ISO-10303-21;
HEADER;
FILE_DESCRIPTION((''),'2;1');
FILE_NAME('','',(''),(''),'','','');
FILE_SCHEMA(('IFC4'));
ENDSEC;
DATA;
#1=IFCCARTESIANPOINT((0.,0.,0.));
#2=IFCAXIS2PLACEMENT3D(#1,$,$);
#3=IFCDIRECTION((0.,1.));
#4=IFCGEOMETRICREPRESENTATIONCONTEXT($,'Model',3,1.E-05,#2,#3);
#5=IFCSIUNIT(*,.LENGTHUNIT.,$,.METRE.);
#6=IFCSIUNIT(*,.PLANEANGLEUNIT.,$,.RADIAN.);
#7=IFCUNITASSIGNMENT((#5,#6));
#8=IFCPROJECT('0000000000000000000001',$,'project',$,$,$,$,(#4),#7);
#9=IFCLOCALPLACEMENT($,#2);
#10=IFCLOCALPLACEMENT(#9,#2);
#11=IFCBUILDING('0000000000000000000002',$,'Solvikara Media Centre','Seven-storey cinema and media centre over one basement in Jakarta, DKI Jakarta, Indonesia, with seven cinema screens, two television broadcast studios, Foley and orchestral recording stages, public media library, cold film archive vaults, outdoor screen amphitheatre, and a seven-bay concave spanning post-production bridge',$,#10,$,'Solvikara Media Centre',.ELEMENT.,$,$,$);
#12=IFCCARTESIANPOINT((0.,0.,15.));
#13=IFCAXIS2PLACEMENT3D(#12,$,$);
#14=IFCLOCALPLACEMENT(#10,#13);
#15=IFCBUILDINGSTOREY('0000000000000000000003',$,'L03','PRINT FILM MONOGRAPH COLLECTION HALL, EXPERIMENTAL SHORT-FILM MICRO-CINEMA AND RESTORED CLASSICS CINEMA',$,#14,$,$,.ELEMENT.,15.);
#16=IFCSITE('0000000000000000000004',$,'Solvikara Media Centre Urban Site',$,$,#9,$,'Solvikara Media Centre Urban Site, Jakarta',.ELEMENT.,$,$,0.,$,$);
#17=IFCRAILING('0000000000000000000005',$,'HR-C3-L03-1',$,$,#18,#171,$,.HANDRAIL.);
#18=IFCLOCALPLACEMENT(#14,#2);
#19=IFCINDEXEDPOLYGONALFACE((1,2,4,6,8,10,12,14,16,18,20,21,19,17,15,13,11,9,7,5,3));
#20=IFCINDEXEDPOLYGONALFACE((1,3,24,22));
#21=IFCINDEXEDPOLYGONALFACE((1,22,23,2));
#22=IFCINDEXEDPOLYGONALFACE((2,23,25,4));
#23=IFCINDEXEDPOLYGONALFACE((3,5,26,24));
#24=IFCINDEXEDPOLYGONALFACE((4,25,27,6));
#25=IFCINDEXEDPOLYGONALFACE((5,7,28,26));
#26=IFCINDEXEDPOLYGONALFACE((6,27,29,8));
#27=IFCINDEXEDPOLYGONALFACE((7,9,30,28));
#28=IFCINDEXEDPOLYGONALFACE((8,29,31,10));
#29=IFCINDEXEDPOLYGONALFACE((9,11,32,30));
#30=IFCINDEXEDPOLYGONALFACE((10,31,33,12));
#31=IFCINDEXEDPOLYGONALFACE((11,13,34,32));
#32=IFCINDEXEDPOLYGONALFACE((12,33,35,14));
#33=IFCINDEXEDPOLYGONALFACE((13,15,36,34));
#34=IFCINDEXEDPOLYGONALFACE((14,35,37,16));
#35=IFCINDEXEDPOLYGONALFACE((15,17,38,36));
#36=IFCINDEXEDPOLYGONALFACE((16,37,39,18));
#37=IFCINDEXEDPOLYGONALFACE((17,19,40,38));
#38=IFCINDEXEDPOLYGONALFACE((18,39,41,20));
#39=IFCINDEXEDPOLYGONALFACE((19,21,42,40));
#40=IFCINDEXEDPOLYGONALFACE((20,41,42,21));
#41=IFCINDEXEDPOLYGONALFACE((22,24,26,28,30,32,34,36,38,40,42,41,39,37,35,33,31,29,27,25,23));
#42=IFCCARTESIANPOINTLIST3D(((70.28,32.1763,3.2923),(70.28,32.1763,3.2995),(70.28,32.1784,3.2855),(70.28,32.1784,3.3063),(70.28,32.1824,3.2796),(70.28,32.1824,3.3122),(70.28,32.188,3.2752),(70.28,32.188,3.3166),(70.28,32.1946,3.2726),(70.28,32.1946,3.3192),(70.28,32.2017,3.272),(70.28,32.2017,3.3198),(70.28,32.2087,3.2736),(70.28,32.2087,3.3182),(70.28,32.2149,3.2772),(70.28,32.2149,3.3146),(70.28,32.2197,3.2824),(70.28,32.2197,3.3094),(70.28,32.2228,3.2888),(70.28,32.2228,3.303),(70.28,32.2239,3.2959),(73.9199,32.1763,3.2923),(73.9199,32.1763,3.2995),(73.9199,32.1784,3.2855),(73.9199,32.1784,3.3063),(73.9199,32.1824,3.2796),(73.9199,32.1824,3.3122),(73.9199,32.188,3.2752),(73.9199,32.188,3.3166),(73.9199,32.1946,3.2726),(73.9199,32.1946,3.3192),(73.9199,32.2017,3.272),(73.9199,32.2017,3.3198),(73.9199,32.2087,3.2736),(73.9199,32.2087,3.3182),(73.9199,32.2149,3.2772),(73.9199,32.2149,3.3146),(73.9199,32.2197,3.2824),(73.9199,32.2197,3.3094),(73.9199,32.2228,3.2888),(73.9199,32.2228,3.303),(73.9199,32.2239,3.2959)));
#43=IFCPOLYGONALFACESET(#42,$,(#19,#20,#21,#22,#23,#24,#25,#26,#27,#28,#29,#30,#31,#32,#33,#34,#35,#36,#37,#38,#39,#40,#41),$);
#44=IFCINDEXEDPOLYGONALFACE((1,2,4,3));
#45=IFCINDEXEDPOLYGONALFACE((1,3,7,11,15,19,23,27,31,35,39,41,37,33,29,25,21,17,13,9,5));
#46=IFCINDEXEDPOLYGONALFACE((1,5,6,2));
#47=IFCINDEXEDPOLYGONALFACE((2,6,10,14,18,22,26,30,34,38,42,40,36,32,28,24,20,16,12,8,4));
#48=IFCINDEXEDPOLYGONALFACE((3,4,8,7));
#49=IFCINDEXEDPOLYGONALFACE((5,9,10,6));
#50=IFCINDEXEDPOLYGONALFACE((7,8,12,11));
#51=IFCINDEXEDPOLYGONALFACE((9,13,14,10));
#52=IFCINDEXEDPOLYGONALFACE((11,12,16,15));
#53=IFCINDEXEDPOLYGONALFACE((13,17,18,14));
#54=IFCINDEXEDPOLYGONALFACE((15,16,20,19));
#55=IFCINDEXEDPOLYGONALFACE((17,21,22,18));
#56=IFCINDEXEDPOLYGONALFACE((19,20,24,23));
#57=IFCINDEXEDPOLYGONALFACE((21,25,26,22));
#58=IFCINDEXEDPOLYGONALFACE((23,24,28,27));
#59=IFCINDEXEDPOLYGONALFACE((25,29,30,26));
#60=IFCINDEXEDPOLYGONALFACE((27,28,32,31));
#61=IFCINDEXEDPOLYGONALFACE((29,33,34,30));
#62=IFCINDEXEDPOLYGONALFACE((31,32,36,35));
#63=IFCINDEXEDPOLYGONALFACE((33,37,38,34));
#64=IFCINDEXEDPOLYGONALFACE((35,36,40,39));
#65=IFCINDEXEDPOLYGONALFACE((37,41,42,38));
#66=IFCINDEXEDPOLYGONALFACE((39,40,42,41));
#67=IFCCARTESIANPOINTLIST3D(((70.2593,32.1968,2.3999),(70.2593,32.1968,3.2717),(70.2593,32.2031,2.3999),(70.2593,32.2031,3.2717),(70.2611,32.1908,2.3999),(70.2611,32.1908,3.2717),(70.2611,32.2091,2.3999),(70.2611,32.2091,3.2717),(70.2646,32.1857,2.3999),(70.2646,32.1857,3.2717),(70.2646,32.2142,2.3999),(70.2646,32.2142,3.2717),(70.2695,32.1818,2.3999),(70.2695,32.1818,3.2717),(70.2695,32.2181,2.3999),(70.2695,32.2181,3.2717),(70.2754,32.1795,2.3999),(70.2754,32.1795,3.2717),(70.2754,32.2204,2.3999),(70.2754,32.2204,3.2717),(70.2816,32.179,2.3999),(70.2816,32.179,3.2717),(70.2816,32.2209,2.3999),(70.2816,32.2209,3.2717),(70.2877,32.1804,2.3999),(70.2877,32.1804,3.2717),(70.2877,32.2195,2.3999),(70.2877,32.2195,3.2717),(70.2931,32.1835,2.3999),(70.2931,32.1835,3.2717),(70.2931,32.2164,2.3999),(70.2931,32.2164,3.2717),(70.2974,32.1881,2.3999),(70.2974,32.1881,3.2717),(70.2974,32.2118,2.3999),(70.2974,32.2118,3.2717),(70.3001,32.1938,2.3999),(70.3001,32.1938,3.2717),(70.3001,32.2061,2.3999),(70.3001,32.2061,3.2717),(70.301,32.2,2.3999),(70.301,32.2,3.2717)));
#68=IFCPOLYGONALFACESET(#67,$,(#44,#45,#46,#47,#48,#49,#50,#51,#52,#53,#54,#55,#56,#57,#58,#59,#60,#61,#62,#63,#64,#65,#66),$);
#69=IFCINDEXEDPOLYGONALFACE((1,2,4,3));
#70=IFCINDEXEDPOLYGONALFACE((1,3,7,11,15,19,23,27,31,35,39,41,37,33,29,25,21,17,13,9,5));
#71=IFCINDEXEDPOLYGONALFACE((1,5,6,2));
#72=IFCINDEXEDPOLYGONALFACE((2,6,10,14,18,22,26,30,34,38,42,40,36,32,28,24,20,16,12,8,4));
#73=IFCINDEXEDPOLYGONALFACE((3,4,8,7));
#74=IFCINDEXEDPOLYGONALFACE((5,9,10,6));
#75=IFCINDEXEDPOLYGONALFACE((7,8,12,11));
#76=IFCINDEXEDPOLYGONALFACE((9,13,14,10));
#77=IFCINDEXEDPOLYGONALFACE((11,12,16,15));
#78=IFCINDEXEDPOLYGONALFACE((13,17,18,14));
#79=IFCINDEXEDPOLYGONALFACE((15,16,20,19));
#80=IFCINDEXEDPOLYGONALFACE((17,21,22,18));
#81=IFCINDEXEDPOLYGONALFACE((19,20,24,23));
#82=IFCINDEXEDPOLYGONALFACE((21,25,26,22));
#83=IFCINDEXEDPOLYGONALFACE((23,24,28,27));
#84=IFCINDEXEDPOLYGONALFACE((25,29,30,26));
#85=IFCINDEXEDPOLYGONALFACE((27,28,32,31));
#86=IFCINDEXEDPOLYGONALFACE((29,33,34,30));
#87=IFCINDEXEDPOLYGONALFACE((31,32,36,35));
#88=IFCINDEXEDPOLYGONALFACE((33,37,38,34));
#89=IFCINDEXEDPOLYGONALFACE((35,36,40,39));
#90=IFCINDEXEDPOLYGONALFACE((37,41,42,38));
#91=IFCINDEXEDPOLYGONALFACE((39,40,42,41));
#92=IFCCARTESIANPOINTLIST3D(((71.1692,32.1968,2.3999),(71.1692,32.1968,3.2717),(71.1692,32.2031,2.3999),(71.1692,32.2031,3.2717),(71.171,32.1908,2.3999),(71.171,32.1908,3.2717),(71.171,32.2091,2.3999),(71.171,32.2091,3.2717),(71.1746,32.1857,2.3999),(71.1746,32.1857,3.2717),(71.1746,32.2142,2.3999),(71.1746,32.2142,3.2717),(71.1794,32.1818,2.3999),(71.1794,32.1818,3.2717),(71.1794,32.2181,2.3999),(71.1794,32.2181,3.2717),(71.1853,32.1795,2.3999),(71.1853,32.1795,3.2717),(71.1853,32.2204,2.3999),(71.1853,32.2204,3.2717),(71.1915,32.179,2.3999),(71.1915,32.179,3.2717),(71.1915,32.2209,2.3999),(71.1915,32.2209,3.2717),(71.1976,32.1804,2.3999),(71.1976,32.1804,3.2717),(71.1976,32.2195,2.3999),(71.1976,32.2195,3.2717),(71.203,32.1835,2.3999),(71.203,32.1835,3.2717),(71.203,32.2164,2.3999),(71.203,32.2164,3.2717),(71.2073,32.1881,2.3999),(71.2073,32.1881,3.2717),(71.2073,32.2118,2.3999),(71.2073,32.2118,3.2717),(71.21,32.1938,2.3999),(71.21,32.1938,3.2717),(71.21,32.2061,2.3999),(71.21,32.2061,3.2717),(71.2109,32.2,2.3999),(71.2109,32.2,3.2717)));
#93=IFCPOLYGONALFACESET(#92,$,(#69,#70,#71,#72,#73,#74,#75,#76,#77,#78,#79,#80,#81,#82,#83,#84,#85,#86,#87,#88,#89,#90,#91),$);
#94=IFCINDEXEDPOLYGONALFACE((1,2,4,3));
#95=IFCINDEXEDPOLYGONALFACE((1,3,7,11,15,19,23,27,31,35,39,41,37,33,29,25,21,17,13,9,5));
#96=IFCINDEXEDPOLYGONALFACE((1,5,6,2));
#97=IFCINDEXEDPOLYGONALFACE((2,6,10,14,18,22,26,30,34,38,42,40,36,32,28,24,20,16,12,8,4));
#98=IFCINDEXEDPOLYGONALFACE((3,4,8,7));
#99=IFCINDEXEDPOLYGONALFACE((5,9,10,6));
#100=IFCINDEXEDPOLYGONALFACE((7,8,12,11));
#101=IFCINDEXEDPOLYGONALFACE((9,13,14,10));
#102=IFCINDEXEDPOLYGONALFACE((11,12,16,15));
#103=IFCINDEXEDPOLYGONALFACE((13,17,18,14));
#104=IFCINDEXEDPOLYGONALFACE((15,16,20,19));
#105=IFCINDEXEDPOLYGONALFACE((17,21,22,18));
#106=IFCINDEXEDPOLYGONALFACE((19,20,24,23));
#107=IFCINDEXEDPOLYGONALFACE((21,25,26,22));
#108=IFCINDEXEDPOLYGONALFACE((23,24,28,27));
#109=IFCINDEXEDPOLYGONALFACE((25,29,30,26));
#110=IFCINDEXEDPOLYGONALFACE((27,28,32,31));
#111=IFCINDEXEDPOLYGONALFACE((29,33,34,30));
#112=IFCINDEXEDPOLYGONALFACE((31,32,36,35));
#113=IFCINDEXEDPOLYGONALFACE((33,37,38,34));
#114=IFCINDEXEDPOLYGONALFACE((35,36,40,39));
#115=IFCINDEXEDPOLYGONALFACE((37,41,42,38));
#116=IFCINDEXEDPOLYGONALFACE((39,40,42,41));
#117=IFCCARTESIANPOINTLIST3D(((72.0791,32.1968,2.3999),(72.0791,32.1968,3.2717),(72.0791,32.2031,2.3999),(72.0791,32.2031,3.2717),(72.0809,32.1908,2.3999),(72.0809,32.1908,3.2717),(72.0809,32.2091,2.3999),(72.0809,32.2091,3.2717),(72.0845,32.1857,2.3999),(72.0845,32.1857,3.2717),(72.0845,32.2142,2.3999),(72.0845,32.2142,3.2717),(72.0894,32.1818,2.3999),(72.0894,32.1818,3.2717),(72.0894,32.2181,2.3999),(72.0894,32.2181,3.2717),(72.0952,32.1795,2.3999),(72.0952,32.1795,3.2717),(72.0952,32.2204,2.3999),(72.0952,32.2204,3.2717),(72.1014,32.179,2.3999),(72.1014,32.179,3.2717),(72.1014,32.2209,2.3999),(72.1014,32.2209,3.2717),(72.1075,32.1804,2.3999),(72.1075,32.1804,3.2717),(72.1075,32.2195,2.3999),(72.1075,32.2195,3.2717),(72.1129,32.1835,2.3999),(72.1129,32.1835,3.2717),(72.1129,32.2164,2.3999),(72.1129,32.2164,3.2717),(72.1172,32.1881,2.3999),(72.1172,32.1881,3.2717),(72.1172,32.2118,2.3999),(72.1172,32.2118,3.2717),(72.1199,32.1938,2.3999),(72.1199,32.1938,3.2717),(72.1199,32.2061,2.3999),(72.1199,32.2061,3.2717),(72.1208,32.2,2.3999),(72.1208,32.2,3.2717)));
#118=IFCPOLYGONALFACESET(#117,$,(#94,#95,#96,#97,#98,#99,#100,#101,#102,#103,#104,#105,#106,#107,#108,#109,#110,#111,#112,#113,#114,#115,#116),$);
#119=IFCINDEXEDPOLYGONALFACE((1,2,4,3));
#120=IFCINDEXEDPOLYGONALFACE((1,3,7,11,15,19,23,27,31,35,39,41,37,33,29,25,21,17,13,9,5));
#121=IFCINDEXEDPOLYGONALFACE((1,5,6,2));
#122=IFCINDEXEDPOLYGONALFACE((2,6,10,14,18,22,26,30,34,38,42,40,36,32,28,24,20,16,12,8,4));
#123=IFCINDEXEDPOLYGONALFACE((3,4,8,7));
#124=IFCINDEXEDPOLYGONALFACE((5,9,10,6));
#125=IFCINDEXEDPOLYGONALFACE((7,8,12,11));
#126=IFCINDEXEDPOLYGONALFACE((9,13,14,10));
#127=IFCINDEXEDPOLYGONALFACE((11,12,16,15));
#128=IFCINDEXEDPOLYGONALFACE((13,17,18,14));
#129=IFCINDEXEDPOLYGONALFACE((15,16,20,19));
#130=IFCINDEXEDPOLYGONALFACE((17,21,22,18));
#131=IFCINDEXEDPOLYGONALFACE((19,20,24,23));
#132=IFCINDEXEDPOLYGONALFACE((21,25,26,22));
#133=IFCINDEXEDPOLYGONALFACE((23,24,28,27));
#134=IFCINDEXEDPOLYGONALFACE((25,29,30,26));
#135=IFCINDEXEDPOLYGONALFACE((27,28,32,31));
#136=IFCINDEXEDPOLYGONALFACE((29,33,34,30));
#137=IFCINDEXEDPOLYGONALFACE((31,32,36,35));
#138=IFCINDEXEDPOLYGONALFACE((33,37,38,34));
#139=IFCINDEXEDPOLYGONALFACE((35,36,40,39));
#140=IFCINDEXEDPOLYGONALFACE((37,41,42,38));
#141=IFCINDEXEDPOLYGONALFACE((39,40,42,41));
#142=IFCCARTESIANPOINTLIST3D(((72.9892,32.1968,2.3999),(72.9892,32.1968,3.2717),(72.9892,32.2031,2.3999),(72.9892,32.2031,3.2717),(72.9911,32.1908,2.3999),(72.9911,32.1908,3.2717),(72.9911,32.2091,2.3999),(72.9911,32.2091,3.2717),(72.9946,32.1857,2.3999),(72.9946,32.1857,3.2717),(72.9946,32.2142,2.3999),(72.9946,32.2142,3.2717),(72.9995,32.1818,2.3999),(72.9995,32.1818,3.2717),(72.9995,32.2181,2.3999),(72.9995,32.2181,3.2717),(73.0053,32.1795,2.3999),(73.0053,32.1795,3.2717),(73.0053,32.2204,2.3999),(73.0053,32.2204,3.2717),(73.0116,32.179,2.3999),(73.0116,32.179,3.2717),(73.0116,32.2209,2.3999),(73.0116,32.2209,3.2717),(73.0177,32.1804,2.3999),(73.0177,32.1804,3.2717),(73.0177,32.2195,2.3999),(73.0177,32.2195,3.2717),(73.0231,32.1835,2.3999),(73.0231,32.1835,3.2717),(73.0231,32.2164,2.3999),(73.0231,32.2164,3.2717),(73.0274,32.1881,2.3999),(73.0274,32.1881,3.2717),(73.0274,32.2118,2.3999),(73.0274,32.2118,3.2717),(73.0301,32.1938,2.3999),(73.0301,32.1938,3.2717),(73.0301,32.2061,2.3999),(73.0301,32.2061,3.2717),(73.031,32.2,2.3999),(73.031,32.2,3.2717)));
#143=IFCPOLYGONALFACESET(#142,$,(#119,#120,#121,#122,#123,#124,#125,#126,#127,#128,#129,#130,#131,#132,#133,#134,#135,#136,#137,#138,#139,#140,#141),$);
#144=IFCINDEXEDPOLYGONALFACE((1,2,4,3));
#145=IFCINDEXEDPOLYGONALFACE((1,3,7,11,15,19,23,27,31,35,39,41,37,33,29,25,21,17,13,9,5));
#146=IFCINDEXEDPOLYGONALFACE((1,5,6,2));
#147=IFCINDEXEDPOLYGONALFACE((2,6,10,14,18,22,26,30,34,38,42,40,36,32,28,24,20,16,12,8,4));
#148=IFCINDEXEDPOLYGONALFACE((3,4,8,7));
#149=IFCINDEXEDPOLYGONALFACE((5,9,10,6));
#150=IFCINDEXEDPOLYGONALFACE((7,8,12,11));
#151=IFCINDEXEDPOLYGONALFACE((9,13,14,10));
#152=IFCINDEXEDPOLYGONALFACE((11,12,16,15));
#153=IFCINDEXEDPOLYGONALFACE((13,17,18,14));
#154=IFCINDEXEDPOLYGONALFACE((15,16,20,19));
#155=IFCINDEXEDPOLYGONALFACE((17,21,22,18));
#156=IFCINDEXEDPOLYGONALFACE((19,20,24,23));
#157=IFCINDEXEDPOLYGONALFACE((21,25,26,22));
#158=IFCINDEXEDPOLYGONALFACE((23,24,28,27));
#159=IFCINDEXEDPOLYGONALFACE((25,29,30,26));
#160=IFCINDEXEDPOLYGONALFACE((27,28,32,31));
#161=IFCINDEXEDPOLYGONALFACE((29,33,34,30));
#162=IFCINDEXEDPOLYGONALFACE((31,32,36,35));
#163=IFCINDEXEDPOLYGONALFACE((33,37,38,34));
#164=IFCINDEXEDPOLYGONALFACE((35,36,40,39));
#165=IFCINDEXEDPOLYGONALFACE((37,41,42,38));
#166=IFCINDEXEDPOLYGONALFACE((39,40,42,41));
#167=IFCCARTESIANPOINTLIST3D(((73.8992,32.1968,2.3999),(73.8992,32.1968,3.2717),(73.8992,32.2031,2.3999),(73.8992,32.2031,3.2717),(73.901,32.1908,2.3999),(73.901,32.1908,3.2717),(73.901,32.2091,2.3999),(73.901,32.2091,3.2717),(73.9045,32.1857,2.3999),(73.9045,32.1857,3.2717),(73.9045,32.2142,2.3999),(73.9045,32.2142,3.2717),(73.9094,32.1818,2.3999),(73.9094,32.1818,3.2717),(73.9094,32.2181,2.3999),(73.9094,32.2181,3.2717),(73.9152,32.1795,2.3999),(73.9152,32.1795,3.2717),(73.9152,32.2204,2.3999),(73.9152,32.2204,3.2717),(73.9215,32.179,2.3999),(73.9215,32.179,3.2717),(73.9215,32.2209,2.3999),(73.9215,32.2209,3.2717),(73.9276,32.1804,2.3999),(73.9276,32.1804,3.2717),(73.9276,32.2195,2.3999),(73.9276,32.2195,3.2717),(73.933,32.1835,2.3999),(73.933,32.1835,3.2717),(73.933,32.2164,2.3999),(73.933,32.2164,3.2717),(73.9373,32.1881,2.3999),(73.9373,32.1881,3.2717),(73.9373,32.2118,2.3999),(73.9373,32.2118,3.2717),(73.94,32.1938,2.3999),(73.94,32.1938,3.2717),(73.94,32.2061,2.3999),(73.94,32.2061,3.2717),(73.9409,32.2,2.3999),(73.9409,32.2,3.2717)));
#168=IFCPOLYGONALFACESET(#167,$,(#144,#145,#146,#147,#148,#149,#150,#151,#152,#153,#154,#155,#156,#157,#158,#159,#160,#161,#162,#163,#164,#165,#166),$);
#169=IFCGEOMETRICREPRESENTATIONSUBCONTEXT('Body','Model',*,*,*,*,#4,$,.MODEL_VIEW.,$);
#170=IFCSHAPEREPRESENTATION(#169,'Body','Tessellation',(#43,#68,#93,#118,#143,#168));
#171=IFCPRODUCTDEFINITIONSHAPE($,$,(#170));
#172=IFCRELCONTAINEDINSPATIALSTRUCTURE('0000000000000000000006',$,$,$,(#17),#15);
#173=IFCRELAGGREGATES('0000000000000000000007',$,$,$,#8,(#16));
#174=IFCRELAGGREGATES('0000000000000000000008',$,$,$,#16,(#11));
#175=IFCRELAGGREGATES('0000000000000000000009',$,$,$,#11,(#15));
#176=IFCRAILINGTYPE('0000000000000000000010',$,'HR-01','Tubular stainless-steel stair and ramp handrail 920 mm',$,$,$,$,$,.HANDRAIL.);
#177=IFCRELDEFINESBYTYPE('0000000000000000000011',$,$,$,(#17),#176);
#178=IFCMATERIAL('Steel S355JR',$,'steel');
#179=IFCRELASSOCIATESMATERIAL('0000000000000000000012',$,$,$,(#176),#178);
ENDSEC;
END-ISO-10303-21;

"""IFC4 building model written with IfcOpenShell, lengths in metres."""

from ifc_helpers import new_model, si_unit, direction, frame, origin, origin_2d, place, context, subcontext, project, spatial, circle, extrude, material, type_object, element, save


model = new_model("IFC4")

# Units and contexts
model_context = context("Model", 3, precision=1e-05, world=origin(), true_north=direction((0.0, 1.0)))
body_context = subcontext(model_context, "Body", "Model", "MODEL_VIEW")
ifc_project = project(units=[si_unit("LENGTHUNIT", "METRE"), si_unit("PLANEANGLEUNIT", "RADIAN")], contexts=[model_context])

# Site, building, storey
site_placement = place(None, origin())
site = spatial("IfcSite", under=ifc_project, at=site_placement, Name="Solvikara Media Centre Urban Site", LongName="Solvikara Media Centre Urban Site, Jakarta", CompositionType="ELEMENT", RefElevation=0.0)
building_placement = place(site_placement, origin())
building = spatial("IfcBuilding", under=site, at=building_placement, Name="Solvikara Media Centre", Description="Seven-storey cinema and media centre over one basement in Jakarta, DKI Jakarta, Indonesia, with seven cinema screens, two television broadcast studios, Foley and orchestral recording stages, public media library, cold film archive vaults, outdoor screen amphitheatre, and a seven-bay concave spanning post-production bridge", LongName="Solvikara Media Centre", CompositionType="ELEMENT")
storey_placement = place(building_placement, frame((0.0, 0.0, 15.0)))
storey = spatial("IfcBuildingStorey", under=building, at=storey_placement, Name="L03", Description="PRINT FILM MONOGRAPH COLLECTION HALL, EXPERIMENTAL SHORT-FILM MICRO-CINEMA AND RESTORED CLASSICS CINEMA", CompositionType="ELEMENT", Elevation=15.0)

# Shared definitions
ifc_material_1 = material(Name="Steel S355JR", Category="steel")

# Railing
railing_type_1 = type_object("IfcRailingType", Name="HR-01", Description="Tubular stainless-steel stair and ramp handrail 920 mm", PredefinedType="HANDRAIL", material=ifc_material_1)
railing_1_placement = place(storey_placement, frame((70.28, 32.2, 2.3999)))
element("IfcRailing", 1, at=railing_1_placement, inside=storey, type_object=railing_type_1, Name="HR-C3-L03-1", PredefinedType="HANDRAIL", context=body_context, shape_type="SweptSolid", body=[
    extrude(circle(Radius=0.0239, at=origin_2d()), frame((0.0, 0.0, 0.896), z_axis=(1.0, 0.0, 0.0), x_axis=(0.0, 1.0, 0.0)), (0.0, 0.0, 1.0), 3.6399),
    extrude(circle(Radius=0.021, at=origin_2d()), origin(), (0.0, 0.0, 1.0), 0.8718),
    extrude(circle(Radius=0.021, at=origin_2d()), frame((0.9099, 0.0, 0.0)), (0.0, 0.0, 1.0), 0.8718),
    extrude(circle(Radius=0.021, at=origin_2d()), frame((1.8198, 0.0, 0.0)), (0.0, 0.0, 1.0), 0.8718),
    extrude(circle(Radius=0.021, at=origin_2d()), frame((2.73, 0.0, 0.0)), (0.0, 0.0, 1.0), 0.8718),
    extrude(circle(Radius=0.021, at=origin_2d()), frame((3.6399, 0.0, 0.0)), (0.0, 0.0, 1.0), 0.8718),
])

save(model, "model.ifc")
